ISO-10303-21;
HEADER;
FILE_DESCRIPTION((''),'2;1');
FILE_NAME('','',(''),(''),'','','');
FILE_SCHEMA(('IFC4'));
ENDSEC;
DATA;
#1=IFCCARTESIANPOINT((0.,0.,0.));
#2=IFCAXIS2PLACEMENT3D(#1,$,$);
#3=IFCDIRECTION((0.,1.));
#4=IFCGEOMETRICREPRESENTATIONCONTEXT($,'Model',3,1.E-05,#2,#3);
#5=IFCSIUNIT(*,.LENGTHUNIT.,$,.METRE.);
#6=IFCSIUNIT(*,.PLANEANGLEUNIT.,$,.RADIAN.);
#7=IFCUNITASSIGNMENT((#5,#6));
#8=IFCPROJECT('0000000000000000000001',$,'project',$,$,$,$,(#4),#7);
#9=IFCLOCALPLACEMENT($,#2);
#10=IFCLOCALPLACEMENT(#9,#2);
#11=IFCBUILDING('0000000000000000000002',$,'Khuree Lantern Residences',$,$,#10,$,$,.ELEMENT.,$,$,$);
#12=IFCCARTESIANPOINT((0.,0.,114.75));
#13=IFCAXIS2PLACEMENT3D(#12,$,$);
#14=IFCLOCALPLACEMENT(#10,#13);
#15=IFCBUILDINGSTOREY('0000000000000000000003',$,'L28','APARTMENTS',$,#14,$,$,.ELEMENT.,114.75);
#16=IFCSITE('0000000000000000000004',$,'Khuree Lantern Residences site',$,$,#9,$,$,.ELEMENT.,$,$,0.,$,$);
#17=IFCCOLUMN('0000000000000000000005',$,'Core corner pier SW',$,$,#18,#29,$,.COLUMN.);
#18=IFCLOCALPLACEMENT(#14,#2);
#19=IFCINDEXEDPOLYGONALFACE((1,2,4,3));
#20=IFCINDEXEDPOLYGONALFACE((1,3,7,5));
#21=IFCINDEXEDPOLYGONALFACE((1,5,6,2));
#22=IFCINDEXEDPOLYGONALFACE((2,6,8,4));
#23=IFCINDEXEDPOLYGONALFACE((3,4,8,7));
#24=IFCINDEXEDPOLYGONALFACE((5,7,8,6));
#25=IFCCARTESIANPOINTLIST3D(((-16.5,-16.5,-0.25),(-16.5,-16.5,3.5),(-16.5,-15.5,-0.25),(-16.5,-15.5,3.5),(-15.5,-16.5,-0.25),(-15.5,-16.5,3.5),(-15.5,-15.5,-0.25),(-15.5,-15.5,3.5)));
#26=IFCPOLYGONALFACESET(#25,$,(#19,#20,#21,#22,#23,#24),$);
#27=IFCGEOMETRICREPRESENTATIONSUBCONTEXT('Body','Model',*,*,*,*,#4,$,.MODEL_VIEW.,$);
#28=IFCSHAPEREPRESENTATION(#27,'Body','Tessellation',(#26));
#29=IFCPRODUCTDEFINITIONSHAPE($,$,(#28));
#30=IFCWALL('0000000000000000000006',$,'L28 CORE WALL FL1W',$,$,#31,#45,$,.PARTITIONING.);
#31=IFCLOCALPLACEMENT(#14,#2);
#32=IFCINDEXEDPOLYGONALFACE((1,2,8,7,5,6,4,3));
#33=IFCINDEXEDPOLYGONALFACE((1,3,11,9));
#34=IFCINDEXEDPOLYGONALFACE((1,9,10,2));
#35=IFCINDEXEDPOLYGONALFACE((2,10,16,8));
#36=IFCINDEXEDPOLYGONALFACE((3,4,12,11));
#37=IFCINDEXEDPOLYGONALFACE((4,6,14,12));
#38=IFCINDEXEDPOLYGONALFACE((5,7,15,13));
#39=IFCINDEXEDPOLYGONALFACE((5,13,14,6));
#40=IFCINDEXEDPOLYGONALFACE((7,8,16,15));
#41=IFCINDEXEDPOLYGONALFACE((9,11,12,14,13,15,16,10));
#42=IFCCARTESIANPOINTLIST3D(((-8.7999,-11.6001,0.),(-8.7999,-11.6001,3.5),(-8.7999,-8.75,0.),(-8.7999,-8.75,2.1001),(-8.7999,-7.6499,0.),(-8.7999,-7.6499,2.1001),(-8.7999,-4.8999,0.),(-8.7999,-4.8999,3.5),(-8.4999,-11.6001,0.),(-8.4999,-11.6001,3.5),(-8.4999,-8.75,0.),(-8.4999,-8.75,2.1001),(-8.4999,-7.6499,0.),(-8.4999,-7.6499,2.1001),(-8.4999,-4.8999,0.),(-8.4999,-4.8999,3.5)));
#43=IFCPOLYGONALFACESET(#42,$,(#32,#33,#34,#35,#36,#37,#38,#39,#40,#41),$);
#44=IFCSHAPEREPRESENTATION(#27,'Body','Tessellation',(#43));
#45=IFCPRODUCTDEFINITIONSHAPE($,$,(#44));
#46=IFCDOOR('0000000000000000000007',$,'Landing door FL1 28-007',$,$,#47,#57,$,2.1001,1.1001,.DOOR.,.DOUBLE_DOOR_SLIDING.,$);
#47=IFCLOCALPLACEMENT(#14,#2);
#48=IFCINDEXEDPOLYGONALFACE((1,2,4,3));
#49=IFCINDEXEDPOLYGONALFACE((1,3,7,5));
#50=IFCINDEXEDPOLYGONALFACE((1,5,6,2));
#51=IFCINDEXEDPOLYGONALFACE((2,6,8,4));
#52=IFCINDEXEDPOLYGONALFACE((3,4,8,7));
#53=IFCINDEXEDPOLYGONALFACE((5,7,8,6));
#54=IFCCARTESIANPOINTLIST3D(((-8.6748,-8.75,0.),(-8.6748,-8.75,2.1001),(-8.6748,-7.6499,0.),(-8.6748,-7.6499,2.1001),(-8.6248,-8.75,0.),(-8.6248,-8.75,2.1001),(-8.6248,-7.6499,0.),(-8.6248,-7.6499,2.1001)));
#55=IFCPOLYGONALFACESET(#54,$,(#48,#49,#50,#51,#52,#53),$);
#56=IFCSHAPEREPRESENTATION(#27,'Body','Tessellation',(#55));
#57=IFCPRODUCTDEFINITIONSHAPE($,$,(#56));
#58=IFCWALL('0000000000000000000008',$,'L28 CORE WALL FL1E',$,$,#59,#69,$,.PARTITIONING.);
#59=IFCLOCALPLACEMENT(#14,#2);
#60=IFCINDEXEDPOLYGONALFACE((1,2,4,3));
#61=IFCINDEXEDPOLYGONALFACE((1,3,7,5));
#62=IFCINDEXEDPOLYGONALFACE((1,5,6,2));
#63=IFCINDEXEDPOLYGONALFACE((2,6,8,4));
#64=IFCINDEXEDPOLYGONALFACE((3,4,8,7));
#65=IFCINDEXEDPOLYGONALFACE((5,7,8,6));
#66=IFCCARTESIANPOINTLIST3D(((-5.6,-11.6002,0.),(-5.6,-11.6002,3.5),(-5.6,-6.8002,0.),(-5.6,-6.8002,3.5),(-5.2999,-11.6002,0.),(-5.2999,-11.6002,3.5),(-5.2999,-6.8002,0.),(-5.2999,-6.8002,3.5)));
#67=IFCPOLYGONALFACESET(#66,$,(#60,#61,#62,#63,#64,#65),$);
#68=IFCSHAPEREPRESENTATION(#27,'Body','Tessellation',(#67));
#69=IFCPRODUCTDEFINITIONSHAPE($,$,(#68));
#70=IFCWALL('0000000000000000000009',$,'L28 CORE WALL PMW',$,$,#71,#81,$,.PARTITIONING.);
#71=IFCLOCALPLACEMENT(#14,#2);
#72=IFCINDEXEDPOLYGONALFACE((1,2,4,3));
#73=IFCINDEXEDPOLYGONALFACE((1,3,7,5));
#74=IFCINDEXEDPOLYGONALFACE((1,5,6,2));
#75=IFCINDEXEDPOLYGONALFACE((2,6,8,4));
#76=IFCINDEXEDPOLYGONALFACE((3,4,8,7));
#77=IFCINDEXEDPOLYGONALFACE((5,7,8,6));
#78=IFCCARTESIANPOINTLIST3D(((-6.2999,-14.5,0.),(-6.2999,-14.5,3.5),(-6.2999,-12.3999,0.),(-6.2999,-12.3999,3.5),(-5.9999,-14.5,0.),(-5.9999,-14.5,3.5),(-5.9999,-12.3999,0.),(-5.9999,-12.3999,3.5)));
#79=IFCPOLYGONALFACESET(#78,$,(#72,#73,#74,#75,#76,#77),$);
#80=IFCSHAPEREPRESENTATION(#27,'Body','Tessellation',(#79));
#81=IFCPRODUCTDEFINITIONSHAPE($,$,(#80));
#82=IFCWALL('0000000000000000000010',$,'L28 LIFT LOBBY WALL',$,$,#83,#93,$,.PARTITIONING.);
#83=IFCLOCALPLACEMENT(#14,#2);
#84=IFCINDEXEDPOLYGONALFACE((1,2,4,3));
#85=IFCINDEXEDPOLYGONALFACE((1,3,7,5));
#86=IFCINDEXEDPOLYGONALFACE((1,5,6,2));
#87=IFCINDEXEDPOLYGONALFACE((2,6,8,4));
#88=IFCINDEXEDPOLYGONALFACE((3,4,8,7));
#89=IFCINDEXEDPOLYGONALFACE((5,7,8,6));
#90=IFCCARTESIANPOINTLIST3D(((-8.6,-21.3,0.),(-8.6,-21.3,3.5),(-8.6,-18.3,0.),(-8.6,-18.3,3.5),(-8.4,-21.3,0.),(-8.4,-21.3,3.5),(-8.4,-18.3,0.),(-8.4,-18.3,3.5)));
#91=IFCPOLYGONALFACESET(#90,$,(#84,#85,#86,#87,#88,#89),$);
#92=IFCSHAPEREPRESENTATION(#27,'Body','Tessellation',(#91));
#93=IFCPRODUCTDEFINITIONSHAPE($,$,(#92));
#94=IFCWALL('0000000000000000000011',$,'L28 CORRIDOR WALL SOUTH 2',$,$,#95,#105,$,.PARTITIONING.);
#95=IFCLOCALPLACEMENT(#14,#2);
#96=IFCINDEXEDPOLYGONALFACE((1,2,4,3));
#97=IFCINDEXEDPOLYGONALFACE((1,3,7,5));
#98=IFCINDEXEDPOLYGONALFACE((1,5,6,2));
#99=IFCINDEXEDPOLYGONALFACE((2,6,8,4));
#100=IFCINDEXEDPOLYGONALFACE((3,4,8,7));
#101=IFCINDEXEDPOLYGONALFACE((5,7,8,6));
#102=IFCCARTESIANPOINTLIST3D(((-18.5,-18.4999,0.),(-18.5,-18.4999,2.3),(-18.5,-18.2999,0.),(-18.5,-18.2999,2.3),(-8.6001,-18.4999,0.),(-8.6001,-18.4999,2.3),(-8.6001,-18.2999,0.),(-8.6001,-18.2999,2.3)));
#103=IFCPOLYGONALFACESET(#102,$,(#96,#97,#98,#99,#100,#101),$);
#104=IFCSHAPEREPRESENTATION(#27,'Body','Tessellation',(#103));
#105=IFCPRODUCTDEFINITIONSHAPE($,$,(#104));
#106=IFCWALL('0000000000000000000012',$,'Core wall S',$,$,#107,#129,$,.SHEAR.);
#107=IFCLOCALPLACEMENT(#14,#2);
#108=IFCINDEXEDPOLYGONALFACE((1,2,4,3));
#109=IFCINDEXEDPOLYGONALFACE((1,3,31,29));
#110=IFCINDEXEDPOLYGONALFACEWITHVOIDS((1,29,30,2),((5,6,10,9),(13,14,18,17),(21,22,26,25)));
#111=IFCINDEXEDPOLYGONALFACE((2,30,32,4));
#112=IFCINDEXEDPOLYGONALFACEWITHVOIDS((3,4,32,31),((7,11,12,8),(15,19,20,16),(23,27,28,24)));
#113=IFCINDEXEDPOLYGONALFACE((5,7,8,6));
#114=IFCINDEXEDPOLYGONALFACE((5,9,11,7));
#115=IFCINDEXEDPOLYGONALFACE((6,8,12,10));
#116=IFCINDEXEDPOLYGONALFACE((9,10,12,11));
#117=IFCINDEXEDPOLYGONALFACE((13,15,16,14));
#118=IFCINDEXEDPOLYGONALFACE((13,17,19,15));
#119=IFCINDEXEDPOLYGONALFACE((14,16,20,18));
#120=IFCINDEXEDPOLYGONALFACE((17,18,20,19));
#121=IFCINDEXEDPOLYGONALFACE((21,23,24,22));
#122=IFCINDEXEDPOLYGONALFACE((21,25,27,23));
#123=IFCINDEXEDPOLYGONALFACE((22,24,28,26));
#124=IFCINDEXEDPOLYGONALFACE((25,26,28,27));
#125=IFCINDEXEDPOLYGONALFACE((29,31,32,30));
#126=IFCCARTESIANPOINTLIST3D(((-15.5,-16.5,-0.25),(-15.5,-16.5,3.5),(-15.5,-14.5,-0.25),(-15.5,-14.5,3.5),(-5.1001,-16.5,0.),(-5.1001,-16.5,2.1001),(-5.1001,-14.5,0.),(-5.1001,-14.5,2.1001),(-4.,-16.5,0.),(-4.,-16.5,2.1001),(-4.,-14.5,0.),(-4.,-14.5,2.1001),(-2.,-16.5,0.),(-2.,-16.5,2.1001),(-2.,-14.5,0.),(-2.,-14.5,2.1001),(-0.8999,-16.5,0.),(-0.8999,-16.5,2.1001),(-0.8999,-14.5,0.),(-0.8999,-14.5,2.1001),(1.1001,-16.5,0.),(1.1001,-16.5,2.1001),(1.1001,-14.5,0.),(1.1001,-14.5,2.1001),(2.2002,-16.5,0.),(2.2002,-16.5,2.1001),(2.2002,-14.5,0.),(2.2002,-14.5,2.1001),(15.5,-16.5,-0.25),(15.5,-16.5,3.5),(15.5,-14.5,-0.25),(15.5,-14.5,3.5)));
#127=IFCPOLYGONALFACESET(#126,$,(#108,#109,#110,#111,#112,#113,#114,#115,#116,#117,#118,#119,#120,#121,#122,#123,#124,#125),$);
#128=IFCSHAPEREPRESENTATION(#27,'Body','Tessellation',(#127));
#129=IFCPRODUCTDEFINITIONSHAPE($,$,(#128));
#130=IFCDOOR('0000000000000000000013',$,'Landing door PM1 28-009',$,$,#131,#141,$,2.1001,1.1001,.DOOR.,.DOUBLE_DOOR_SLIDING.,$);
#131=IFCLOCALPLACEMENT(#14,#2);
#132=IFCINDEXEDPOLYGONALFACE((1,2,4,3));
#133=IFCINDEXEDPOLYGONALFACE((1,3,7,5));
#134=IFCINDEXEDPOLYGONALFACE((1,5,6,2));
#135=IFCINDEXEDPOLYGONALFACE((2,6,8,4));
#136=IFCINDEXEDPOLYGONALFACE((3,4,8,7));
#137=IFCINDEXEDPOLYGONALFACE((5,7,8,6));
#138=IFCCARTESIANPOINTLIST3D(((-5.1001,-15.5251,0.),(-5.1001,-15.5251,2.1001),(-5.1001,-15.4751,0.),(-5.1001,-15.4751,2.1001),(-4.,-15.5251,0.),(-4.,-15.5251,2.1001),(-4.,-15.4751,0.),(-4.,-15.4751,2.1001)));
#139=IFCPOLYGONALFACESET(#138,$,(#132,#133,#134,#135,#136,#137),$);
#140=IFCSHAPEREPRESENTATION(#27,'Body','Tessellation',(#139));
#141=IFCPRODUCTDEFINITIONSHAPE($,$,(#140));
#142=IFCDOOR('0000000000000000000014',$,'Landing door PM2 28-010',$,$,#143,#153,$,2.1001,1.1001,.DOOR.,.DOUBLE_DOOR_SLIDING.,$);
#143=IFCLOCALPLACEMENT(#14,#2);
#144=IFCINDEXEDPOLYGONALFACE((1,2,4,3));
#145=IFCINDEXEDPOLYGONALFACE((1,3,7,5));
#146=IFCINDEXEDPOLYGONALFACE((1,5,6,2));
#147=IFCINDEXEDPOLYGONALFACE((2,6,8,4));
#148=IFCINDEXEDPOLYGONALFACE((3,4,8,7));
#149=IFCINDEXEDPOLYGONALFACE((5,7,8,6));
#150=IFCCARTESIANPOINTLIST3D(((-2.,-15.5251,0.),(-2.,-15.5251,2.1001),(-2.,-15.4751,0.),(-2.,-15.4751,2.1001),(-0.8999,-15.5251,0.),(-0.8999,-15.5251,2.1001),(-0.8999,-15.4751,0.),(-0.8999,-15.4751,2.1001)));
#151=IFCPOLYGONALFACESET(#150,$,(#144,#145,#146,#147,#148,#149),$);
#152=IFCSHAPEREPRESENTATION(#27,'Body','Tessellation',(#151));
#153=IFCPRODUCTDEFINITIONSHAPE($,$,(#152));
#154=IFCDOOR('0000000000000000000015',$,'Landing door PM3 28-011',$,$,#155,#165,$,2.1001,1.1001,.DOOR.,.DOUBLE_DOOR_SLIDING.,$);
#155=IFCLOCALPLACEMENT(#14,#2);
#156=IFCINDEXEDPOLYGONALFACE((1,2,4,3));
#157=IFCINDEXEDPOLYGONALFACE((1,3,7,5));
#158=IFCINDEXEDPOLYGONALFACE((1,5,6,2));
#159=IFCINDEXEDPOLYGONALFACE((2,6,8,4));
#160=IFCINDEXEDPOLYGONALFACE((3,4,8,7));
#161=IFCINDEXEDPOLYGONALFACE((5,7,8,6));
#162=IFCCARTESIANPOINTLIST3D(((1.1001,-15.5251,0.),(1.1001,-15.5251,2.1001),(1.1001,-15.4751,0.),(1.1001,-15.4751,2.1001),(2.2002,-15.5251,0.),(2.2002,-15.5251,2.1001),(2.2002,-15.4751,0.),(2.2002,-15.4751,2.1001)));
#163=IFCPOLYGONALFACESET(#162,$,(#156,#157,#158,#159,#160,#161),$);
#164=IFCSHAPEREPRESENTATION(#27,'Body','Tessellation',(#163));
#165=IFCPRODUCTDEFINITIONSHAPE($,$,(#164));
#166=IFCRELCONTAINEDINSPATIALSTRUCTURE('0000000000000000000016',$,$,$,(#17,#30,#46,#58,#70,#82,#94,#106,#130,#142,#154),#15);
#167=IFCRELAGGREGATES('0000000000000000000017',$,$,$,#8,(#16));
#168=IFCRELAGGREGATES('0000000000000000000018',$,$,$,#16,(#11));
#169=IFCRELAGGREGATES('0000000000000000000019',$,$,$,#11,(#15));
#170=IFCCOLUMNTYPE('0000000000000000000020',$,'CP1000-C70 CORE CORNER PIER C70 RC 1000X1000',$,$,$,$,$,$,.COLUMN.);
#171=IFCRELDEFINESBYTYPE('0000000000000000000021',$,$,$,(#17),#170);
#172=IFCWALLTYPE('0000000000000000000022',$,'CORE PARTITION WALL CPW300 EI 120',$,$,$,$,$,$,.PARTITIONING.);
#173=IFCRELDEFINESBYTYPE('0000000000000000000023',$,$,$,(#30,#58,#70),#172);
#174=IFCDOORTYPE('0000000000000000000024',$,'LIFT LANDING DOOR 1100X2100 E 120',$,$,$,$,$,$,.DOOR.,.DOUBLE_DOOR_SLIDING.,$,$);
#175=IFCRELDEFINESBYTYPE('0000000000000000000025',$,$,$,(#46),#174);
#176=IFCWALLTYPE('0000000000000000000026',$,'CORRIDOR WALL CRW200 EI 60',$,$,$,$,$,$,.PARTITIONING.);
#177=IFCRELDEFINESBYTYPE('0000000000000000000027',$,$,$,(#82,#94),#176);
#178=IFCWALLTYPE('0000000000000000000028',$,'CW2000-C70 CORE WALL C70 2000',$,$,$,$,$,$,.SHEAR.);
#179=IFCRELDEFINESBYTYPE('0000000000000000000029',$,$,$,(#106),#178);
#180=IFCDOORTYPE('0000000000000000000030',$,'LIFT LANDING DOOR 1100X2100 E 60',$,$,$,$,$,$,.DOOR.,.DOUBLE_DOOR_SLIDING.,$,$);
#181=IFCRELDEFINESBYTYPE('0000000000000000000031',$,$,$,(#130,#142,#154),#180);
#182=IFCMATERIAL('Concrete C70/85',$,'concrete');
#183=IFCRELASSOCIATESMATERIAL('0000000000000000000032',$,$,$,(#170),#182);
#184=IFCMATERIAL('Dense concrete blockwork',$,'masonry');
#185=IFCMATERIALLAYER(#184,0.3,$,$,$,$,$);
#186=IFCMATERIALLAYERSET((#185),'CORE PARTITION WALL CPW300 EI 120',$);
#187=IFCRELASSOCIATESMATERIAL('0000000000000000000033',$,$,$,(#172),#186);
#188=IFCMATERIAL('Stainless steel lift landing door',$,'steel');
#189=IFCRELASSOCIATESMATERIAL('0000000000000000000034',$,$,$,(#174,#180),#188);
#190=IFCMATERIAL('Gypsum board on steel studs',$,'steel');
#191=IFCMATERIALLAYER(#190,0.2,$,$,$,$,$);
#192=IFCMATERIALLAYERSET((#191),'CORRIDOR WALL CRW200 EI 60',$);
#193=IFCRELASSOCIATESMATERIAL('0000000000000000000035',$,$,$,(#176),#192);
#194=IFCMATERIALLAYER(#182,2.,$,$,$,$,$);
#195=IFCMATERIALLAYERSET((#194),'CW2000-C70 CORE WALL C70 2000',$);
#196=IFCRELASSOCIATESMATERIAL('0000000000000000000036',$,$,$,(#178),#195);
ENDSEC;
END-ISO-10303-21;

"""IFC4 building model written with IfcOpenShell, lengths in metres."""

from ifc_helpers import new_model, si_unit, direction, frame, frame_2d, origin, origin_2d, place, context, subcontext, project, spatial, rectangle, extrude, material, layer, layer_set, material_profile, profile_set, type_object, element, fill, save


model = new_model("IFC4")

# Units and contexts
model_context = context("Model", 3, precision=1e-05, world=origin(), true_north=direction((0.0, 1.0)))
body_context = subcontext(model_context, "Body", "Model", "MODEL_VIEW")
ifc_project = project(units=[si_unit("LENGTHUNIT", "METRE"), si_unit("PLANEANGLEUNIT", "RADIAN")], contexts=[model_context])

# Site, building, storey
site_placement = place(None, origin())
site = spatial("IfcSite", under=ifc_project, at=site_placement, Name="Khuree Lantern Residences site", CompositionType="ELEMENT", RefElevation=0.0)
building_placement = place(site_placement, origin())
building = spatial("IfcBuilding", under=site, at=building_placement, Name="Khuree Lantern Residences", CompositionType="ELEMENT")
storey_placement = place(building_placement, frame((0.0, 0.0, 114.75)))
storey = spatial("IfcBuildingStorey", under=building, at=storey_placement, Name="L28", Description="APARTMENTS", CompositionType="ELEMENT", Elevation=114.75)

# Column
ifc_material_1 = material(Name="Concrete C70/85", Category="concrete")
ifc_material_profile = material_profile(ifc_material_1, rectangle(XDim=1.0, YDim=1.0, at=origin_2d()), Name="RC 1000X1000")
ifc_profile_set = profile_set([ifc_material_profile], Name="Concrete C70/85")
column_type = type_object("IfcColumnType", Name="CP1000-C70 CORE CORNER PIER C70 RC 1000X1000", PredefinedType="COLUMN", material=ifc_profile_set)
column_placement = place(storey_placement, frame((-16.0, -16.0, -0.25), z_axis=(0.0, 0.0, 1.0), x_axis=(1.0, 0.0, 0.0)))
element("IfcColumn", 1, at=column_placement, inside=storey, type_object=column_type, Name="Core corner pier SW", PredefinedType="COLUMN", context=body_context, shape_type="SweptSolid", body=[
    extrude(rectangle(XDim=1.0, YDim=1.0, at=origin_2d()), origin(), (0.0, 0.0, 1.0), 3.75),
])

# Wall, opening, door
ifc_material_2 = material(Name="Dense concrete blockwork", Category="masonry")
ifc_layer_1 = layer(ifc_material_2, 0.3)
ifc_layer_set_1 = layer_set([ifc_layer_1], Name="CORE PARTITION WALL CPW300 EI 120")
wall_type_1 = type_object("IfcWallType", Name="CORE PARTITION WALL CPW300 EI 120", PredefinedType="PARTITIONING", material=ifc_layer_set_1)
wall_1_placement = place(storey_placement, frame((-8.6499, -11.6001, 0.0), z_axis=(0.0, 0.0, 1.0), x_axis=(0.0, 1.0, 0.0)))
wall_1 = element("IfcWall", 2, at=wall_1_placement, inside=storey, type_object=wall_type_1, Name="L28 CORE WALL FL1W", PredefinedType="PARTITIONING", context=body_context, shape_type="SweptSolid", body=[
    extrude(rectangle(XDim=6.7002, YDim=0.3, at=frame_2d((3.3501, 0.0))), origin(), (0.0, 0.0, 1.0), 3.5),
])
opening_1_placement = place(wall_1_placement, frame((2.8501, 0.0, 0.0)))
opening_1 = element("IfcOpeningElement", 3, at=opening_1_placement, cuts=wall_1, PredefinedType="OPENING", context=body_context, shape_type="SweptSolid", body=[
    extrude(rectangle(XDim=1.1001, YDim=2.1001, at=frame_2d((0.55, 1.05))), frame((0.0, 0.1602, 0.0), z_axis=(0.0, -1.0, 0.0), x_axis=(1.0, 0.0, 0.0)), (0.0, 0.0, 1.0), 0.3201),
])
ifc_material_3 = material(Name="Stainless steel lift landing door", Category="steel")
door_type_1 = type_object("IfcDoorType", Name="LIFT LANDING DOOR 1100X2100 E 120", OperationType="DOUBLE_DOOR_SLIDING", PredefinedType="DOOR", material=ifc_material_3)
door_1_placement = place(opening_1_placement, origin())
door_1 = element("IfcDoor", 4, at=door_1_placement, inside=storey, type_object=door_type_1, Name="Landing door FL1 28-007", OperationType="DOUBLE_DOOR_SLIDING", OverallHeight=2.1001, OverallWidth=1.1001, PredefinedType="DOOR", context=body_context, shape_type="SweptSolid", body=[
    extrude(rectangle(XDim=1.1001, YDim=2.1001, at=frame_2d((0.55, 1.05))), frame((0.0, 0.0249, 0.0), z_axis=(0.0, -1.0, 0.0), x_axis=(1.0, 0.0, 0.0)), (0.0, 0.0, 1.0), 0.05),
])
fill(opening_1, door_1)

# Walls
wall_2_placement = place(storey_placement, frame((-5.45, -11.6001, 0.0), z_axis=(0.0, 0.0, 1.0), x_axis=(0.0, 1.0, 0.0)))
element("IfcWall", 5, at=wall_2_placement, inside=storey, type_object=wall_type_1, Name="L28 CORE WALL FL1E", PredefinedType="PARTITIONING", context=body_context, shape_type="SweptSolid", body=[
    extrude(rectangle(XDim=4.8, YDim=0.3, at=frame_2d((2.3999, 0.0))), origin(), (0.0, 0.0, 1.0), 3.5),
])
wall_3_placement = place(storey_placement, frame((-6.1499, -14.5, 0.0), z_axis=(0.0, 0.0, 1.0), x_axis=(0.0, 1.0, 0.0)))
element("IfcWall", 6, at=wall_3_placement, inside=storey, type_object=wall_type_1, Name="L28 CORE WALL PMW", PredefinedType="PARTITIONING", context=body_context, shape_type="SweptSolid", body=[
    extrude(rectangle(XDim=2.1001, YDim=0.3, at=frame_2d((1.05, 0.0))), origin(), (0.0, 0.0, 1.0), 3.5),
])
ifc_material_4 = material(Name="Gypsum board on steel studs", Category="steel")
ifc_layer_2 = layer(ifc_material_4, 0.2)
ifc_layer_set_2 = layer_set([ifc_layer_2], Name="CORRIDOR WALL CRW200 EI 60")
wall_type_2 = type_object("IfcWallType", Name="CORRIDOR WALL CRW200 EI 60", PredefinedType="PARTITIONING", material=ifc_layer_set_2)
wall_4_placement = place(storey_placement, frame((-8.5, -18.3, 0.0), z_axis=(0.0, 0.0, 1.0), x_axis=(0.0, -1.0, 0.0)))
element("IfcWall", 7, at=wall_4_placement, inside=storey, type_object=wall_type_2, Name="L28 LIFT LOBBY WALL", PredefinedType="PARTITIONING", context=body_context, shape_type="SweptSolid", body=[
    extrude(rectangle(XDim=3.0, YDim=0.2, at=frame_2d((1.5, 0.0))), origin(), (0.0, 0.0, 1.0), 3.5),
])
wall_5_placement = place(storey_placement, frame((-8.6001, -18.3999, 0.0), z_axis=(0.0, 0.0, 1.0), x_axis=(-1.0, 0.0, 0.0)))
element("IfcWall", 8, at=wall_5_placement, inside=storey, type_object=wall_type_2, Name="L28 CORRIDOR WALL SOUTH 2", PredefinedType="PARTITIONING", context=body_context, shape_type="SweptSolid", body=[
    extrude(rectangle(XDim=9.8999, YDim=0.2, at=frame_2d((4.95, 0.0))), origin(), (0.0, 0.0, 1.0), 2.3),
])

# Wall, openings, doors
ifc_layer_3 = layer(ifc_material_1, 2.0)
ifc_layer_set_3 = layer_set([ifc_layer_3], Name="CW2000-C70 CORE WALL C70 2000")
wall_type_3 = type_object("IfcWallType", Name="CW2000-C70 CORE WALL C70 2000", PredefinedType="SHEAR", material=ifc_layer_set_3)
wall_6_placement = place(storey_placement, frame((-15.5, -15.5, -0.25), z_axis=(0.0, 0.0, 1.0), x_axis=(1.0, 0.0, 0.0)))
wall_6 = element("IfcWall", 9, at=wall_6_placement, inside=storey, type_object=wall_type_3, Name="Core wall S", PredefinedType="SHEAR", context=body_context, shape_type="SweptSolid", body=[
    extrude(rectangle(XDim=31.0, YDim=2.0, at=frame_2d((15.5, 0.0))), origin(), (0.0, 0.0, 1.0), 3.75),
])
opening_2_placement = place(wall_6_placement, frame((10.3999, 0.0, 0.25)))
opening_2 = element("IfcOpeningElement", 10, at=opening_2_placement, cuts=wall_6, PredefinedType="OPENING", context=body_context, shape_type="SweptSolid", body=[
    extrude(rectangle(XDim=1.1001, YDim=2.1001, at=frame_2d((0.55, 1.05))), frame((0.0, 1.01, 0.0), z_axis=(0.0, -1.0, 0.0), x_axis=(1.0, 0.0, 0.0)), (0.0, 0.0, 1.0), 2.02),
])
opening_3_placement = place(wall_6_placement, frame((13.5, 0.0, 0.25)))
opening_3 = element("IfcOpeningElement", 11, at=opening_3_placement, cuts=wall_6, PredefinedType="OPENING", context=body_context, shape_type="SweptSolid", body=[
    extrude(rectangle(XDim=1.1001, YDim=2.1001, at=frame_2d((0.55, 1.05))), frame((0.0, 1.01, 0.0), z_axis=(0.0, -1.0, 0.0), x_axis=(1.0, 0.0, 0.0)), (0.0, 0.0, 1.0), 2.02),
])
opening_4_placement = place(wall_6_placement, frame((16.6001, 0.0, 0.25)))
opening_4 = element("IfcOpeningElement", 12, at=opening_4_placement, cuts=wall_6, PredefinedType="OPENING", context=body_context, shape_type="SweptSolid", body=[
    extrude(rectangle(XDim=1.1001, YDim=2.1001, at=frame_2d((0.55, 1.05))), frame((0.0, 1.01, 0.0), z_axis=(0.0, -1.0, 0.0), x_axis=(1.0, 0.0, 0.0)), (0.0, 0.0, 1.0), 2.02),
])
door_type_2 = type_object("IfcDoorType", Name="LIFT LANDING DOOR 1100X2100 E 60", OperationType="DOUBLE_DOOR_SLIDING", PredefinedType="DOOR", material=ifc_material_3)
door_2_placement = place(opening_2_placement, origin())
door_2 = element("IfcDoor", 13, at=door_2_placement, inside=storey, type_object=door_type_2, Name="Landing door PM1 28-009", OperationType="DOUBLE_DOOR_SLIDING", OverallHeight=2.1001, OverallWidth=1.1001, PredefinedType="DOOR", context=body_context, shape_type="SweptSolid", body=[
    extrude(rectangle(XDim=1.1001, YDim=2.1001, at=frame_2d((0.55, 1.05))), frame((0.0, 0.0249, 0.0), z_axis=(0.0, -1.0, 0.0), x_axis=(1.0, 0.0, 0.0)), (0.0, 0.0, 1.0), 0.05),
])
fill(opening_2, door_2)
door_3_placement = place(opening_3_placement, origin())
door_3 = element("IfcDoor", 14, at=door_3_placement, inside=storey, type_object=door_type_2, Name="Landing door PM2 28-010", OperationType="DOUBLE_DOOR_SLIDING", OverallHeight=2.1001, OverallWidth=1.1001, PredefinedType="DOOR", context=body_context, shape_type="SweptSolid", body=[
    extrude(rectangle(XDim=1.1001, YDim=2.1001, at=frame_2d((0.55, 1.05))), frame((0.0, 0.0249, 0.0), z_axis=(0.0, -1.0, 0.0), x_axis=(1.0, 0.0, 0.0)), (0.0, 0.0, 1.0), 0.05),
])
fill(opening_3, door_3)
door_4_placement = place(opening_4_placement, origin())
door_4 = element("IfcDoor", 15, at=door_4_placement, inside=storey, type_object=door_type_2, Name="Landing door PM3 28-011", OperationType="DOUBLE_DOOR_SLIDING", OverallHeight=2.1001, OverallWidth=1.1001, PredefinedType="DOOR", context=body_context, shape_type="SweptSolid", body=[
    extrude(rectangle(XDim=1.1001, YDim=2.1001, at=frame_2d((0.55, 1.05))), frame((0.0, 0.0249, 0.0), z_axis=(0.0, -1.0, 0.0), x_axis=(1.0, 0.0, 0.0)), (0.0, 0.0, 1.0), 0.05),
])
fill(opening_4, door_4)

save(model, "model.ifc")
